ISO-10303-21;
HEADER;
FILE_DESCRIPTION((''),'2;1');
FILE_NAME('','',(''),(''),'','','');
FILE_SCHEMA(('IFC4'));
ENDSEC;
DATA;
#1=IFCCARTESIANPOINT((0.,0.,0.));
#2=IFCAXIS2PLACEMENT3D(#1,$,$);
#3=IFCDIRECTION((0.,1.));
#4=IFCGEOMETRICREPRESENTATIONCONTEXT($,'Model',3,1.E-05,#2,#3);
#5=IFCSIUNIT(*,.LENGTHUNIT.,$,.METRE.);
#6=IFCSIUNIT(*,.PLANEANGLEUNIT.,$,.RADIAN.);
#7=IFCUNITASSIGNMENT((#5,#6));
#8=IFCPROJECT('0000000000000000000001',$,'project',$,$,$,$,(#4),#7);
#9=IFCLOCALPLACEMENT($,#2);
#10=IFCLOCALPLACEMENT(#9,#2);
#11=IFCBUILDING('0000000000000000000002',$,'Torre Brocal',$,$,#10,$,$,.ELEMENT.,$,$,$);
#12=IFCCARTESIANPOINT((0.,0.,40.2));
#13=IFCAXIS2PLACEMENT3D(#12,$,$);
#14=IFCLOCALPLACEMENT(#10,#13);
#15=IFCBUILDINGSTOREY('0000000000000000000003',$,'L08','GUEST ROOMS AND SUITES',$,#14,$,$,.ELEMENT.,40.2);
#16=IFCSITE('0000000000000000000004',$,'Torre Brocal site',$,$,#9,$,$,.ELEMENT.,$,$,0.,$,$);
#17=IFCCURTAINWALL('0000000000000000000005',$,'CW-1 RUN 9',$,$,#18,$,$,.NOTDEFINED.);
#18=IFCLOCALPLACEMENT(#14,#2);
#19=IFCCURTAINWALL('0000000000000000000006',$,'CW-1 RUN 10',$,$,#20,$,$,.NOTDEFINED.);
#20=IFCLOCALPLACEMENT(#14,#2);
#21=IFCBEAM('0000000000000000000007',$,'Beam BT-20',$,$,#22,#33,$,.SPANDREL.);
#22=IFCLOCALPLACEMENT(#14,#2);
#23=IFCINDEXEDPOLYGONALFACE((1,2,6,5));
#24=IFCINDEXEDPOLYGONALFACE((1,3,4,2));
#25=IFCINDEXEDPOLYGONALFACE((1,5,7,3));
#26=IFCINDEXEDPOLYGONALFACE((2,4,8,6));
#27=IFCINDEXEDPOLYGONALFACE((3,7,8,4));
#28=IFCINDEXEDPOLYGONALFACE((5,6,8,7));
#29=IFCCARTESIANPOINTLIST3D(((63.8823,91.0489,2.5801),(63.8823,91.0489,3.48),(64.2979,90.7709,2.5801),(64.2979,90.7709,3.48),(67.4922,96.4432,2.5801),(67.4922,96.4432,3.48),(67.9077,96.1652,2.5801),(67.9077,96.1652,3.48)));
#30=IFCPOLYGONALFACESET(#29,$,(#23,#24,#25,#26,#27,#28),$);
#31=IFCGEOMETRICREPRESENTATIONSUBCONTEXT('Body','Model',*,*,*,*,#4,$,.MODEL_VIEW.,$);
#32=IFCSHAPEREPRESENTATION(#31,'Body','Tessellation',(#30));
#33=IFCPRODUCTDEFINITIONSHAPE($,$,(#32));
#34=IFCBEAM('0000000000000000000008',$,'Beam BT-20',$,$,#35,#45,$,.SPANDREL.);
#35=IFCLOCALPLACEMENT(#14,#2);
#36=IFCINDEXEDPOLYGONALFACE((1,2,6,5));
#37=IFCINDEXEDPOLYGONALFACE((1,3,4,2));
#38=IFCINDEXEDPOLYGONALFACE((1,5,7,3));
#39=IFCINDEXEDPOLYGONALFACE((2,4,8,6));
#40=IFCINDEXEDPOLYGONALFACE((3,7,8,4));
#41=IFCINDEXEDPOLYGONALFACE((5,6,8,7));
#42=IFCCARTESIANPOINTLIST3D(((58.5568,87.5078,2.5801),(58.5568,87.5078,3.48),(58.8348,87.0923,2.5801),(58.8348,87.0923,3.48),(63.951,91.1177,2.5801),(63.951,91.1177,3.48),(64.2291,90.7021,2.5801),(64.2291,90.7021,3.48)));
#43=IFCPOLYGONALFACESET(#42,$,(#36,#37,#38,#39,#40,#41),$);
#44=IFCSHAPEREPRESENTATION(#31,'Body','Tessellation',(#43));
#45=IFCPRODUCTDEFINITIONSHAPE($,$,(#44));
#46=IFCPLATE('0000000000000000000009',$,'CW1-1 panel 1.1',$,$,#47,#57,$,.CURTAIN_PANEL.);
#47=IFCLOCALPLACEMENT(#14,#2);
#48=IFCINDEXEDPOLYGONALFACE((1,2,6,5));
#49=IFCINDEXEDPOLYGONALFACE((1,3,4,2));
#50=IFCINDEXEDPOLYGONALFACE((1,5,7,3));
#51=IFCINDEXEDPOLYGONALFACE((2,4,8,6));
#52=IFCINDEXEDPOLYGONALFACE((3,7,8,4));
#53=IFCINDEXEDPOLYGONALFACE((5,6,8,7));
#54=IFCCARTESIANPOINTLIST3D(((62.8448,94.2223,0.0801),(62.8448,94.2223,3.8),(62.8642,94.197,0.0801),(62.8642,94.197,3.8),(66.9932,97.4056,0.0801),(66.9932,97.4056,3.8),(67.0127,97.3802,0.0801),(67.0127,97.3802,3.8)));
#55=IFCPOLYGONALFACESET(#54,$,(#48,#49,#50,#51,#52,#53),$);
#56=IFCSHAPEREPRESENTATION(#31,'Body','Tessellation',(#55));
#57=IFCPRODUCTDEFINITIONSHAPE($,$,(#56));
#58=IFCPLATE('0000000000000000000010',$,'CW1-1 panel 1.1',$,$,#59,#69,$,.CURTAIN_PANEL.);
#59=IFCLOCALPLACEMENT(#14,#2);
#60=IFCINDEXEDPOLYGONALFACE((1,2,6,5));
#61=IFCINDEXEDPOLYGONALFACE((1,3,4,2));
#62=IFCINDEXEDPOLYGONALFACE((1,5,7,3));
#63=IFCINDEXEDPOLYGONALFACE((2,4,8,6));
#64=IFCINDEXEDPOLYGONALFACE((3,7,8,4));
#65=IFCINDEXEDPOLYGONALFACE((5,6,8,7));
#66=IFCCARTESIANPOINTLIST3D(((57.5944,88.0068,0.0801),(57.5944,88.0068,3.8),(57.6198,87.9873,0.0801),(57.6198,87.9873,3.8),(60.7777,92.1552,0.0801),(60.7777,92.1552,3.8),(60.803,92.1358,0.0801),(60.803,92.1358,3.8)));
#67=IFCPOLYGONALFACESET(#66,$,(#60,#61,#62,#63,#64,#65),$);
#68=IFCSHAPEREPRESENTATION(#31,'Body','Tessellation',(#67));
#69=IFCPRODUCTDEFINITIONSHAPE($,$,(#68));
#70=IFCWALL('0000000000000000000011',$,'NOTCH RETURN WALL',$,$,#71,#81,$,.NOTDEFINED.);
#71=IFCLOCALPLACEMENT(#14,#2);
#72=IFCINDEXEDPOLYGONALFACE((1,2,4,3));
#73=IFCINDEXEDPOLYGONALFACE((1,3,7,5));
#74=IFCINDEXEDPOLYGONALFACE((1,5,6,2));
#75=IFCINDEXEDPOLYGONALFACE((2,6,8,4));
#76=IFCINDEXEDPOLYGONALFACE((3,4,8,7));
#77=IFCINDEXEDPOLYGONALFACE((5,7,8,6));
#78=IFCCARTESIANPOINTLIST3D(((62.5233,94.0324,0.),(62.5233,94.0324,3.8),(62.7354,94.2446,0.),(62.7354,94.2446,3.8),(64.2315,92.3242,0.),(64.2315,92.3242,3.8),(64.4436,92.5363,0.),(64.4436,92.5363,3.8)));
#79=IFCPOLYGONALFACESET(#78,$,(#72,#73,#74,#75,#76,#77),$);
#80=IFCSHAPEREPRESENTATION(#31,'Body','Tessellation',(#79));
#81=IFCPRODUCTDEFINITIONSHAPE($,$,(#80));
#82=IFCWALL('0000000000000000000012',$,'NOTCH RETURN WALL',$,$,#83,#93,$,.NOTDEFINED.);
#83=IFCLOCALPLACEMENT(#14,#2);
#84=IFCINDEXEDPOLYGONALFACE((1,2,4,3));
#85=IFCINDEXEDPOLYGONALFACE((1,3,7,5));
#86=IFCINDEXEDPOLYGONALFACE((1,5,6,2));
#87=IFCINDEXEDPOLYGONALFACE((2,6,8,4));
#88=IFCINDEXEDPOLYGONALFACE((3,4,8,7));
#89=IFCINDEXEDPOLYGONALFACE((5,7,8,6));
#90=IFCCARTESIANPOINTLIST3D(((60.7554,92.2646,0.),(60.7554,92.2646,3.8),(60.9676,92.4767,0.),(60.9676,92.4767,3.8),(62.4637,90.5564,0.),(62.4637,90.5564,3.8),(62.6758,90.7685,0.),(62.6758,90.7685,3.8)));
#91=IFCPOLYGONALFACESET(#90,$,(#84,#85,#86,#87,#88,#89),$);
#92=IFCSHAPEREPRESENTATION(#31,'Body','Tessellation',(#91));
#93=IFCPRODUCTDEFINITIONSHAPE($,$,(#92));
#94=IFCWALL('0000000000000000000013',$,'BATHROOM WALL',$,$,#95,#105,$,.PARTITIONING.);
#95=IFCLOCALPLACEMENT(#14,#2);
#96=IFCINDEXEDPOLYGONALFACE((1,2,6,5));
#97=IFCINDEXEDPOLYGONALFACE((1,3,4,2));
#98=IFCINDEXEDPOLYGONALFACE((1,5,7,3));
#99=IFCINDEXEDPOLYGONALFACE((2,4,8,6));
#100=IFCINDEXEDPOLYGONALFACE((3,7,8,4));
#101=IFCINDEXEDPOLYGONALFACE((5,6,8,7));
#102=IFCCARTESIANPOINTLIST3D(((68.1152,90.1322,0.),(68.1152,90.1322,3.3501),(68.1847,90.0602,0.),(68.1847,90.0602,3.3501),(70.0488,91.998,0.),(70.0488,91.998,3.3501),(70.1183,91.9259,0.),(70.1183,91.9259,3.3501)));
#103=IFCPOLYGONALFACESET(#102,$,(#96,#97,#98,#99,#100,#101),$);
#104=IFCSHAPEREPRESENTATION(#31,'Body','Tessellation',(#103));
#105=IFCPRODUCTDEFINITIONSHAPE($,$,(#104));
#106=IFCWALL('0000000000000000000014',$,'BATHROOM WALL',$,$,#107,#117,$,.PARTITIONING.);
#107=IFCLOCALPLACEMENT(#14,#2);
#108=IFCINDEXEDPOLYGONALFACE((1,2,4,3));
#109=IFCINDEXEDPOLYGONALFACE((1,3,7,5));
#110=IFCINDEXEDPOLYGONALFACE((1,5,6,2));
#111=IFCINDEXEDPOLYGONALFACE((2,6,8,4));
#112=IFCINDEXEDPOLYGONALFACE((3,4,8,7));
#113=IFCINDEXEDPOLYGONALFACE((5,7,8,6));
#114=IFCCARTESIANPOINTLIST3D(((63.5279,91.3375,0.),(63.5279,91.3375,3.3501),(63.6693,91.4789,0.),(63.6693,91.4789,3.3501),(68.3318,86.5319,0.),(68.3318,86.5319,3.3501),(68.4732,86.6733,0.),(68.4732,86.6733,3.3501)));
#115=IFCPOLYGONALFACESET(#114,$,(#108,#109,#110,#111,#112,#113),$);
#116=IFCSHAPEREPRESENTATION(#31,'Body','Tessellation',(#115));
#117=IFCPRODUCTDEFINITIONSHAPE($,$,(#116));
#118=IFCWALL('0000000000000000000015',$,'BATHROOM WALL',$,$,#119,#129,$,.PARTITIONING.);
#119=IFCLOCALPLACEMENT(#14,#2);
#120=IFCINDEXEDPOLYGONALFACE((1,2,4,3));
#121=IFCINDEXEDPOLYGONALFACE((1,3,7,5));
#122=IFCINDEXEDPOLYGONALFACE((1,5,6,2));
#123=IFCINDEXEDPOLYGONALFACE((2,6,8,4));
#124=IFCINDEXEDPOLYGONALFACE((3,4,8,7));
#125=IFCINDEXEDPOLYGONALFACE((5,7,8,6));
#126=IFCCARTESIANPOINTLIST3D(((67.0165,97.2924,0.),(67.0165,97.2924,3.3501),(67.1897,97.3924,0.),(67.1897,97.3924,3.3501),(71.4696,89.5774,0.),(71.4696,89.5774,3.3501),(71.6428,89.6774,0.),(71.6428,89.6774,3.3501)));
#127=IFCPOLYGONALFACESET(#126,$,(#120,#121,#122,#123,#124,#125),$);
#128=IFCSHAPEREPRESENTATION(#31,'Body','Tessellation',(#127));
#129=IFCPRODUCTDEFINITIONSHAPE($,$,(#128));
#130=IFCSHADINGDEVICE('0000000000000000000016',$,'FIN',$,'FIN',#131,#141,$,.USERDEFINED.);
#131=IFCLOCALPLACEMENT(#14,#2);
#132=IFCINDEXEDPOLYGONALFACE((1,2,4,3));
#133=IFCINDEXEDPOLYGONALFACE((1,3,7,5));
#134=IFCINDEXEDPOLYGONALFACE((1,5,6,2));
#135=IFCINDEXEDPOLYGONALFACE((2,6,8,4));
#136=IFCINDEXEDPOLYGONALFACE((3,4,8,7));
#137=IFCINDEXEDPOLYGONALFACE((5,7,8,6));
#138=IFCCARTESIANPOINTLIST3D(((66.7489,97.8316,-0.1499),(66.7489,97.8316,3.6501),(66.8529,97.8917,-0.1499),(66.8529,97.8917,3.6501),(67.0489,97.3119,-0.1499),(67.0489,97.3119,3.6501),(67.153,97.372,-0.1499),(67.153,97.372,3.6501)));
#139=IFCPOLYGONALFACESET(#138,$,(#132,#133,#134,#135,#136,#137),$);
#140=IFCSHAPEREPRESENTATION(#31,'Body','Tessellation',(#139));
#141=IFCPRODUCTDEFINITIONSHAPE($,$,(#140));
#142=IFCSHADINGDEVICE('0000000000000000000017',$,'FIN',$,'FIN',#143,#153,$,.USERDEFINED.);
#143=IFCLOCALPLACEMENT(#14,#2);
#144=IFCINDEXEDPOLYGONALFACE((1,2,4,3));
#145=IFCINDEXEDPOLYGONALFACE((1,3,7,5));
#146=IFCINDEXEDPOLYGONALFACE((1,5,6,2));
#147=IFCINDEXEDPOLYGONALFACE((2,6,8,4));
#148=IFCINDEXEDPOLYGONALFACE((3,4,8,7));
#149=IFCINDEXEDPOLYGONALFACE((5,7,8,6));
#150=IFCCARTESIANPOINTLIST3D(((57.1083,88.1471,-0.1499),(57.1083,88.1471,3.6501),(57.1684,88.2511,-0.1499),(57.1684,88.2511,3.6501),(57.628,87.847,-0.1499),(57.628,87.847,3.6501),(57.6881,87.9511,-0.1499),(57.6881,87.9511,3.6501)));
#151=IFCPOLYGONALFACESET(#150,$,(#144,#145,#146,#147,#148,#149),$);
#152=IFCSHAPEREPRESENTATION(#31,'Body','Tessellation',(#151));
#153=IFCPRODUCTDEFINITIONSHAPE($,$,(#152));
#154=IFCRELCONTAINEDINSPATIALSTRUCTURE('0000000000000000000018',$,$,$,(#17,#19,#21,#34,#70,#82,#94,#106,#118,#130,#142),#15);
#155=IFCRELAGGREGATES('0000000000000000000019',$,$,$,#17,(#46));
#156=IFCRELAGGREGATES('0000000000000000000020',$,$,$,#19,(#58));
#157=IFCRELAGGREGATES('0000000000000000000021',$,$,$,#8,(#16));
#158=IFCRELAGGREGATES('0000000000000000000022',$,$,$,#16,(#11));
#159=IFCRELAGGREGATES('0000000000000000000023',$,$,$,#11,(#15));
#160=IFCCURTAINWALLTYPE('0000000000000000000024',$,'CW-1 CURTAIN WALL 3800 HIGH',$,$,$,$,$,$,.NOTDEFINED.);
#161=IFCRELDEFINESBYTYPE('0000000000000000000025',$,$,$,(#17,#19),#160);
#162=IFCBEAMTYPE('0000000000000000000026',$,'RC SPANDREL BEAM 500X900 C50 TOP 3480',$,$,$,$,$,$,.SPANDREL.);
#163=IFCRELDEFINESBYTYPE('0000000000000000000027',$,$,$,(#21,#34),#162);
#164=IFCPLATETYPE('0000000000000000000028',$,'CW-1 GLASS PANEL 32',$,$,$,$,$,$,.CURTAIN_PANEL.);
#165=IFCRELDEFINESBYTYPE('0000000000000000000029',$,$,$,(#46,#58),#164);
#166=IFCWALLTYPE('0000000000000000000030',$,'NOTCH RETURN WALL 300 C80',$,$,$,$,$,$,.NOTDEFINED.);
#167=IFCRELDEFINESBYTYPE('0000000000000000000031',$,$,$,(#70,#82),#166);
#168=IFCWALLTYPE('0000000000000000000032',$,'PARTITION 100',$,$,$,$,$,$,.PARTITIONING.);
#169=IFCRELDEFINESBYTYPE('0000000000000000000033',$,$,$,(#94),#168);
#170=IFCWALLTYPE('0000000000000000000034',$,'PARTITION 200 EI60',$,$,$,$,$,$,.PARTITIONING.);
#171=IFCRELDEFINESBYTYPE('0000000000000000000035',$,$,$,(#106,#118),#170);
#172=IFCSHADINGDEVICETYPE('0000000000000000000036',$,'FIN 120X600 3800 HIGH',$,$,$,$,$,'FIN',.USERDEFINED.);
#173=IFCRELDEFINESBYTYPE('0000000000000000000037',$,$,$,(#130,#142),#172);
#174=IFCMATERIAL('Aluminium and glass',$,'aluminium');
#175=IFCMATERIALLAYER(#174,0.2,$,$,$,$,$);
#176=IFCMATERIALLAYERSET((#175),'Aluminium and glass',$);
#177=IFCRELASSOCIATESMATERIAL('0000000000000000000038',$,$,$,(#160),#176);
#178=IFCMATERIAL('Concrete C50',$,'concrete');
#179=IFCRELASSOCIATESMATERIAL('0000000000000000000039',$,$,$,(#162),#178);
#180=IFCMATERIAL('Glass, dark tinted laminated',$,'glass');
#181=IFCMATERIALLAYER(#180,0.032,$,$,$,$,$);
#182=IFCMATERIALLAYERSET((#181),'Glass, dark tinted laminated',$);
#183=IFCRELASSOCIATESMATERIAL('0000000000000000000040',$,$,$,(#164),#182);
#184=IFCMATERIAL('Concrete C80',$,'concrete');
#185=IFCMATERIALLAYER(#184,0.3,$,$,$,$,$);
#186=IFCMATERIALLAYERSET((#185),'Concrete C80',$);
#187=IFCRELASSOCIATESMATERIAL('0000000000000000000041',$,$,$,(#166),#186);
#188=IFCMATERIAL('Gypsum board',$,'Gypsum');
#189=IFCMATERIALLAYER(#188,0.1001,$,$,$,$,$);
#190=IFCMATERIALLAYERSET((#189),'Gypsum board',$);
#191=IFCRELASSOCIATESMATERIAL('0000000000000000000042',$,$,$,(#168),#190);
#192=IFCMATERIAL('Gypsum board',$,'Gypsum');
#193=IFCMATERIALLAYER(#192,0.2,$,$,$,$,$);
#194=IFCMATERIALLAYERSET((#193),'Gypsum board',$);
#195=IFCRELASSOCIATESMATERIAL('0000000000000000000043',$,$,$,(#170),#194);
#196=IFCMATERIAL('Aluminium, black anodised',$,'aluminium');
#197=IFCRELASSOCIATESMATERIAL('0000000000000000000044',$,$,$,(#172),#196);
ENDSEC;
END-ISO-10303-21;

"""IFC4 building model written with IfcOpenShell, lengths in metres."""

from ifc_helpers import new_model, si_unit, direction, frame, frame_2d, origin, origin_2d, place, context, subcontext, project, spatial, rectangle, extrude, material, layer, layer_set, material_profile, profile_set, type_object, element, aggregate, save


model = new_model("IFC4")

# Units and contexts
model_context = context("Model", 3, precision=1e-05, world=origin(), true_north=direction((0.0, 1.0)))
body_context = subcontext(model_context, "Body", "Model", "MODEL_VIEW")
ifc_project = project(units=[si_unit("LENGTHUNIT", "METRE"), si_unit("PLANEANGLEUNIT", "RADIAN")], contexts=[model_context])

# Site, building, storey
site_placement = place(None, origin())
site = spatial("IfcSite", under=ifc_project, at=site_placement, Name="Torre Brocal site", CompositionType="ELEMENT", RefElevation=0.0)
building_placement = place(site_placement, origin())
building = spatial("IfcBuilding", under=site, at=building_placement, Name="Torre Brocal", CompositionType="ELEMENT")
storey_placement = place(building_placement, frame((0.0, 0.0, 40.2)))
storey = spatial("IfcBuildingStorey", under=building, at=storey_placement, Name="L08", Description="GUEST ROOMS AND SUITES", CompositionType="ELEMENT", Elevation=40.2)

# Shared definitions
ifc_material_1 = material(Name="Aluminium and glass", Category="aluminium")
ifc_layer_1 = layer(ifc_material_1, 0.2)
ifc_layer_set_1 = layer_set([ifc_layer_1], Name="Aluminium and glass")
curtain_wall_type = type_object("IfcCurtainWallType", Name="CW-1 CURTAIN WALL 3800 HIGH", PredefinedType="NOTDEFINED", material=ifc_layer_set_1)

# Curtain walls
curtain_wall_1_placement = place(storey_placement, origin())
curtain_wall_1 = element("IfcCurtainWall", 1, at=curtain_wall_1_placement, inside=storey, type_object=curtain_wall_type, Name="CW-1 RUN 9", PredefinedType="NOTDEFINED")
curtain_wall_2_placement = place(storey_placement, origin())
curtain_wall_2 = element("IfcCurtainWall", 2, at=curtain_wall_2_placement, inside=storey, type_object=curtain_wall_type, Name="CW-1 RUN 10", PredefinedType="NOTDEFINED")

# Beams
ifc_material_2 = material(Name="Concrete C50", Category="concrete")
ifc_material_profile_1 = material_profile(ifc_material_2, rectangle(XDim=0.5, YDim=0.8999, at=origin_2d()), Name="RC 500X900")
ifc_profile_set_1 = profile_set([ifc_material_profile_1], Name="Concrete C50")
beam_type_1 = type_object("IfcBeamType", Name="RC SPANDREL BEAM 500X900 C50 TOP 3480", PredefinedType="SPANDREL", material=ifc_profile_set_1)
for number, where, z_axis, x_axis, name in (
    (3, (67.7, 96.3042, 3.03), (-0.556158, -0.831077, 0.0), (0.831077, -0.556158, 0.0), "Beam BT-20"),
    (4, (64.0901, 90.9099, 3.03), (-0.831077, -0.556158, 0.0), (0.556158, -0.831077, 0.0), "Beam BT-20"),
):
    element("IfcBeam", number, at=place(storey_placement, frame(where, z_axis=z_axis, x_axis=x_axis)), inside=storey, type_object=beam_type_1, Name=name, PredefinedType="SPANDREL", context=body_context, shape_type="SweptSolid", body=[
        extrude(rectangle(XDim=0.5, YDim=0.8999, at=origin_2d()), origin(), (0.0, 0.0, 1.0), 6.4907),
    ])

# Plates
ifc_material_3 = material(Name="Glass, dark tinted laminated", Category="glass")
ifc_layer_2 = layer(ifc_material_3, 0.032)
ifc_layer_set_2 = layer_set([ifc_layer_2], Name="Glass, dark tinted laminated")
plate_type = type_object("IfcPlateType", Name="CW-1 GLASS PANEL 32", PredefinedType="CURTAIN_PANEL", material=ifc_layer_set_2)
plate_1_placement = place(storey_placement, frame((64.9287, 95.8013, 0.0801), z_axis=(0.0, 0.0, 1.0), x_axis=(-0.793353, -0.608761, 0.0)))
plate_1 = element("IfcPlate", 5, at=plate_1_placement, type_object=plate_type, Name="CW1-1 panel 1.1", PredefinedType="CURTAIN_PANEL", context=body_context, shape_type="SweptSolid", body=[
    extrude(rectangle(XDim=5.229, YDim=0.032, at=origin_2d()), origin(), (0.0, 0.0, 1.0), 3.72),
])
aggregate(curtain_wall_1, [plate_1])
plate_2_placement = place(storey_placement, frame((59.1987, 90.0713, 0.0801), z_axis=(0.0, 0.0, 1.0), x_axis=(-0.608761, -0.793353, 0.0)))
plate_2 = element("IfcPlate", 6, at=plate_2_placement, type_object=plate_type, Name="CW1-1 panel 1.1", PredefinedType="CURTAIN_PANEL", context=body_context, shape_type="SweptSolid", body=[
    extrude(rectangle(XDim=5.229, YDim=0.032, at=origin_2d()), origin(), (0.0, 0.0, 1.0), 3.72),
])
aggregate(curtain_wall_2, [plate_2])

# Walls
ifc_material_4 = material(Name="Concrete C80", Category="concrete")
ifc_layer_3 = layer(ifc_material_4, 0.3)
ifc_layer_set_3 = layer_set([ifc_layer_3], Name="Concrete C80")
wall_type_1 = type_object("IfcWallType", Name="NOTCH RETURN WALL 300 C80", PredefinedType="NOTDEFINED", material=ifc_layer_set_3)
for number, where, z_axis, x_axis, name in (
    (7, (64.3376, 92.4302, 0.0), (0.0, 0.0, 1.0), (-0.707107, 0.707107, 0.0), "NOTCH RETURN WALL"),
    (8, (62.5698, 90.6624, 0.0), (0.0, 0.0, 1.0), (-0.707107, 0.707107, 0.0), "NOTCH RETURN WALL"),
):
    element("IfcWall", number, at=place(storey_placement, frame(where, z_axis=z_axis, x_axis=x_axis)), inside=storey, type_object=wall_type_1, Name=name, PredefinedType="NOTDEFINED", context=body_context, shape_type="SweptSolid", body=[
        extrude(rectangle(XDim=2.4158, YDim=0.3, at=frame_2d((1.208, 0.0))), origin(), (0.0, 0.0, 1.0), 3.8),
    ])
ifc_material_5 = material(Name="Gypsum board", Category="Gypsum")
ifc_layer_4 = layer(ifc_material_5, 0.1001)
ifc_layer_set_4 = layer_set([ifc_layer_4], Name="Gypsum board")
wall_type_2 = type_object("IfcWallType", Name="PARTITION 100", PredefinedType="PARTITIONING", material=ifc_layer_set_4)
wall_1_placement = place(storey_placement, frame((68.1499, 90.0962, 0.0), z_axis=(0.0, 0.0, 1.0), x_axis=(0.719624, 0.694364, 0.0)))
element("IfcWall", 9, at=wall_1_placement, inside=storey, type_object=wall_type_2, Name="BATHROOM WALL", PredefinedType="PARTITIONING", context=body_context, shape_type="SweptSolid", body=[
    extrude(rectangle(XDim=2.687, YDim=0.1001, at=frame_2d((1.3435, 0.0))), origin(), (0.0, 0.0, 1.0), 3.3501),
])
ifc_material_6 = material(Name="Gypsum board", Category="Gypsum")
ifc_layer_5 = layer(ifc_material_6, 0.2)
ifc_layer_set_5 = layer_set([ifc_layer_5], Name="Gypsum board")
wall_type_3 = type_object("IfcWallType", Name="PARTITION 200 EI60", PredefinedType="PARTITIONING", material=ifc_layer_set_5)
wall_2_placement = place(storey_placement, frame((63.5986, 91.4082, 0.0), z_axis=(0.0, 0.0, 1.0), x_axis=(0.706981, -0.707233, 0.0)))
element("IfcWall", 10, at=wall_2_placement, inside=storey, type_object=wall_type_3, Name="BATHROOM WALL", PredefinedType="PARTITIONING", context=body_context, shape_type="SweptSolid", body=[
    extrude(rectangle(XDim=6.7949, YDim=0.2, at=frame_2d((3.3975, 0.0))), origin(), (0.0, 0.0, 1.0), 3.3501),
])
wall_3_placement = place(storey_placement, frame((67.103, 97.3425, 0.0), z_axis=(0.0, 0.0, 1.0), x_axis=(0.4999, -0.866083, 0.0)))
element("IfcWall", 11, at=wall_3_placement, inside=storey, type_object=wall_type_3, Name="BATHROOM WALL", PredefinedType="PARTITIONING", context=body_context, shape_type="SweptSolid", body=[
    extrude(rectangle(XDim=8.908, YDim=0.2, at=frame_2d((4.4541, 0.0))), origin(), (0.0, 0.0, 1.0), 3.3501),
])

# Shading devices
ifc_material_7 = material(Name="Aluminium, black anodised", Category="aluminium")
ifc_material_profile_2 = material_profile(ifc_material_7, rectangle(XDim=0.1201, YDim=0.6001, at=origin_2d()), Name="FIN 120X600 3800 HIGH")
ifc_profile_set_2 = profile_set([ifc_material_profile_2], Name="Aluminium, black anodised")
shading_device_type = type_object("IfcShadingDeviceType", Name="FIN 120X600 3800 HIGH", ElementType="FIN", PredefinedType="USERDEFINED", material=ifc_profile_set_2)
for number, where, z_axis, x_axis, name in (
    (12, (66.9509, 97.6018, -0.1499), (0.0, 0.0, 1.0), (-0.866025, -0.5, 0.0), "FIN"),
    (13, (57.3982, 88.0491, -0.1499), (0.0, 0.0, 1.0), (-0.5, -0.866025, 0.0), "FIN"),
):
    element("IfcShadingDevice", number, at=place(storey_placement, frame(where, z_axis=z_axis, x_axis=x_axis)), inside=storey, type_object=shading_device_type, Name=name, ObjectType="FIN", PredefinedType="USERDEFINED", context=body_context, shape_type="SweptSolid", body=[
        extrude(rectangle(XDim=0.1201, YDim=0.6001, at=origin_2d()), origin(), (0.0, 0.0, 1.0), 3.8),
    ])

save(model, "model.ifc")
